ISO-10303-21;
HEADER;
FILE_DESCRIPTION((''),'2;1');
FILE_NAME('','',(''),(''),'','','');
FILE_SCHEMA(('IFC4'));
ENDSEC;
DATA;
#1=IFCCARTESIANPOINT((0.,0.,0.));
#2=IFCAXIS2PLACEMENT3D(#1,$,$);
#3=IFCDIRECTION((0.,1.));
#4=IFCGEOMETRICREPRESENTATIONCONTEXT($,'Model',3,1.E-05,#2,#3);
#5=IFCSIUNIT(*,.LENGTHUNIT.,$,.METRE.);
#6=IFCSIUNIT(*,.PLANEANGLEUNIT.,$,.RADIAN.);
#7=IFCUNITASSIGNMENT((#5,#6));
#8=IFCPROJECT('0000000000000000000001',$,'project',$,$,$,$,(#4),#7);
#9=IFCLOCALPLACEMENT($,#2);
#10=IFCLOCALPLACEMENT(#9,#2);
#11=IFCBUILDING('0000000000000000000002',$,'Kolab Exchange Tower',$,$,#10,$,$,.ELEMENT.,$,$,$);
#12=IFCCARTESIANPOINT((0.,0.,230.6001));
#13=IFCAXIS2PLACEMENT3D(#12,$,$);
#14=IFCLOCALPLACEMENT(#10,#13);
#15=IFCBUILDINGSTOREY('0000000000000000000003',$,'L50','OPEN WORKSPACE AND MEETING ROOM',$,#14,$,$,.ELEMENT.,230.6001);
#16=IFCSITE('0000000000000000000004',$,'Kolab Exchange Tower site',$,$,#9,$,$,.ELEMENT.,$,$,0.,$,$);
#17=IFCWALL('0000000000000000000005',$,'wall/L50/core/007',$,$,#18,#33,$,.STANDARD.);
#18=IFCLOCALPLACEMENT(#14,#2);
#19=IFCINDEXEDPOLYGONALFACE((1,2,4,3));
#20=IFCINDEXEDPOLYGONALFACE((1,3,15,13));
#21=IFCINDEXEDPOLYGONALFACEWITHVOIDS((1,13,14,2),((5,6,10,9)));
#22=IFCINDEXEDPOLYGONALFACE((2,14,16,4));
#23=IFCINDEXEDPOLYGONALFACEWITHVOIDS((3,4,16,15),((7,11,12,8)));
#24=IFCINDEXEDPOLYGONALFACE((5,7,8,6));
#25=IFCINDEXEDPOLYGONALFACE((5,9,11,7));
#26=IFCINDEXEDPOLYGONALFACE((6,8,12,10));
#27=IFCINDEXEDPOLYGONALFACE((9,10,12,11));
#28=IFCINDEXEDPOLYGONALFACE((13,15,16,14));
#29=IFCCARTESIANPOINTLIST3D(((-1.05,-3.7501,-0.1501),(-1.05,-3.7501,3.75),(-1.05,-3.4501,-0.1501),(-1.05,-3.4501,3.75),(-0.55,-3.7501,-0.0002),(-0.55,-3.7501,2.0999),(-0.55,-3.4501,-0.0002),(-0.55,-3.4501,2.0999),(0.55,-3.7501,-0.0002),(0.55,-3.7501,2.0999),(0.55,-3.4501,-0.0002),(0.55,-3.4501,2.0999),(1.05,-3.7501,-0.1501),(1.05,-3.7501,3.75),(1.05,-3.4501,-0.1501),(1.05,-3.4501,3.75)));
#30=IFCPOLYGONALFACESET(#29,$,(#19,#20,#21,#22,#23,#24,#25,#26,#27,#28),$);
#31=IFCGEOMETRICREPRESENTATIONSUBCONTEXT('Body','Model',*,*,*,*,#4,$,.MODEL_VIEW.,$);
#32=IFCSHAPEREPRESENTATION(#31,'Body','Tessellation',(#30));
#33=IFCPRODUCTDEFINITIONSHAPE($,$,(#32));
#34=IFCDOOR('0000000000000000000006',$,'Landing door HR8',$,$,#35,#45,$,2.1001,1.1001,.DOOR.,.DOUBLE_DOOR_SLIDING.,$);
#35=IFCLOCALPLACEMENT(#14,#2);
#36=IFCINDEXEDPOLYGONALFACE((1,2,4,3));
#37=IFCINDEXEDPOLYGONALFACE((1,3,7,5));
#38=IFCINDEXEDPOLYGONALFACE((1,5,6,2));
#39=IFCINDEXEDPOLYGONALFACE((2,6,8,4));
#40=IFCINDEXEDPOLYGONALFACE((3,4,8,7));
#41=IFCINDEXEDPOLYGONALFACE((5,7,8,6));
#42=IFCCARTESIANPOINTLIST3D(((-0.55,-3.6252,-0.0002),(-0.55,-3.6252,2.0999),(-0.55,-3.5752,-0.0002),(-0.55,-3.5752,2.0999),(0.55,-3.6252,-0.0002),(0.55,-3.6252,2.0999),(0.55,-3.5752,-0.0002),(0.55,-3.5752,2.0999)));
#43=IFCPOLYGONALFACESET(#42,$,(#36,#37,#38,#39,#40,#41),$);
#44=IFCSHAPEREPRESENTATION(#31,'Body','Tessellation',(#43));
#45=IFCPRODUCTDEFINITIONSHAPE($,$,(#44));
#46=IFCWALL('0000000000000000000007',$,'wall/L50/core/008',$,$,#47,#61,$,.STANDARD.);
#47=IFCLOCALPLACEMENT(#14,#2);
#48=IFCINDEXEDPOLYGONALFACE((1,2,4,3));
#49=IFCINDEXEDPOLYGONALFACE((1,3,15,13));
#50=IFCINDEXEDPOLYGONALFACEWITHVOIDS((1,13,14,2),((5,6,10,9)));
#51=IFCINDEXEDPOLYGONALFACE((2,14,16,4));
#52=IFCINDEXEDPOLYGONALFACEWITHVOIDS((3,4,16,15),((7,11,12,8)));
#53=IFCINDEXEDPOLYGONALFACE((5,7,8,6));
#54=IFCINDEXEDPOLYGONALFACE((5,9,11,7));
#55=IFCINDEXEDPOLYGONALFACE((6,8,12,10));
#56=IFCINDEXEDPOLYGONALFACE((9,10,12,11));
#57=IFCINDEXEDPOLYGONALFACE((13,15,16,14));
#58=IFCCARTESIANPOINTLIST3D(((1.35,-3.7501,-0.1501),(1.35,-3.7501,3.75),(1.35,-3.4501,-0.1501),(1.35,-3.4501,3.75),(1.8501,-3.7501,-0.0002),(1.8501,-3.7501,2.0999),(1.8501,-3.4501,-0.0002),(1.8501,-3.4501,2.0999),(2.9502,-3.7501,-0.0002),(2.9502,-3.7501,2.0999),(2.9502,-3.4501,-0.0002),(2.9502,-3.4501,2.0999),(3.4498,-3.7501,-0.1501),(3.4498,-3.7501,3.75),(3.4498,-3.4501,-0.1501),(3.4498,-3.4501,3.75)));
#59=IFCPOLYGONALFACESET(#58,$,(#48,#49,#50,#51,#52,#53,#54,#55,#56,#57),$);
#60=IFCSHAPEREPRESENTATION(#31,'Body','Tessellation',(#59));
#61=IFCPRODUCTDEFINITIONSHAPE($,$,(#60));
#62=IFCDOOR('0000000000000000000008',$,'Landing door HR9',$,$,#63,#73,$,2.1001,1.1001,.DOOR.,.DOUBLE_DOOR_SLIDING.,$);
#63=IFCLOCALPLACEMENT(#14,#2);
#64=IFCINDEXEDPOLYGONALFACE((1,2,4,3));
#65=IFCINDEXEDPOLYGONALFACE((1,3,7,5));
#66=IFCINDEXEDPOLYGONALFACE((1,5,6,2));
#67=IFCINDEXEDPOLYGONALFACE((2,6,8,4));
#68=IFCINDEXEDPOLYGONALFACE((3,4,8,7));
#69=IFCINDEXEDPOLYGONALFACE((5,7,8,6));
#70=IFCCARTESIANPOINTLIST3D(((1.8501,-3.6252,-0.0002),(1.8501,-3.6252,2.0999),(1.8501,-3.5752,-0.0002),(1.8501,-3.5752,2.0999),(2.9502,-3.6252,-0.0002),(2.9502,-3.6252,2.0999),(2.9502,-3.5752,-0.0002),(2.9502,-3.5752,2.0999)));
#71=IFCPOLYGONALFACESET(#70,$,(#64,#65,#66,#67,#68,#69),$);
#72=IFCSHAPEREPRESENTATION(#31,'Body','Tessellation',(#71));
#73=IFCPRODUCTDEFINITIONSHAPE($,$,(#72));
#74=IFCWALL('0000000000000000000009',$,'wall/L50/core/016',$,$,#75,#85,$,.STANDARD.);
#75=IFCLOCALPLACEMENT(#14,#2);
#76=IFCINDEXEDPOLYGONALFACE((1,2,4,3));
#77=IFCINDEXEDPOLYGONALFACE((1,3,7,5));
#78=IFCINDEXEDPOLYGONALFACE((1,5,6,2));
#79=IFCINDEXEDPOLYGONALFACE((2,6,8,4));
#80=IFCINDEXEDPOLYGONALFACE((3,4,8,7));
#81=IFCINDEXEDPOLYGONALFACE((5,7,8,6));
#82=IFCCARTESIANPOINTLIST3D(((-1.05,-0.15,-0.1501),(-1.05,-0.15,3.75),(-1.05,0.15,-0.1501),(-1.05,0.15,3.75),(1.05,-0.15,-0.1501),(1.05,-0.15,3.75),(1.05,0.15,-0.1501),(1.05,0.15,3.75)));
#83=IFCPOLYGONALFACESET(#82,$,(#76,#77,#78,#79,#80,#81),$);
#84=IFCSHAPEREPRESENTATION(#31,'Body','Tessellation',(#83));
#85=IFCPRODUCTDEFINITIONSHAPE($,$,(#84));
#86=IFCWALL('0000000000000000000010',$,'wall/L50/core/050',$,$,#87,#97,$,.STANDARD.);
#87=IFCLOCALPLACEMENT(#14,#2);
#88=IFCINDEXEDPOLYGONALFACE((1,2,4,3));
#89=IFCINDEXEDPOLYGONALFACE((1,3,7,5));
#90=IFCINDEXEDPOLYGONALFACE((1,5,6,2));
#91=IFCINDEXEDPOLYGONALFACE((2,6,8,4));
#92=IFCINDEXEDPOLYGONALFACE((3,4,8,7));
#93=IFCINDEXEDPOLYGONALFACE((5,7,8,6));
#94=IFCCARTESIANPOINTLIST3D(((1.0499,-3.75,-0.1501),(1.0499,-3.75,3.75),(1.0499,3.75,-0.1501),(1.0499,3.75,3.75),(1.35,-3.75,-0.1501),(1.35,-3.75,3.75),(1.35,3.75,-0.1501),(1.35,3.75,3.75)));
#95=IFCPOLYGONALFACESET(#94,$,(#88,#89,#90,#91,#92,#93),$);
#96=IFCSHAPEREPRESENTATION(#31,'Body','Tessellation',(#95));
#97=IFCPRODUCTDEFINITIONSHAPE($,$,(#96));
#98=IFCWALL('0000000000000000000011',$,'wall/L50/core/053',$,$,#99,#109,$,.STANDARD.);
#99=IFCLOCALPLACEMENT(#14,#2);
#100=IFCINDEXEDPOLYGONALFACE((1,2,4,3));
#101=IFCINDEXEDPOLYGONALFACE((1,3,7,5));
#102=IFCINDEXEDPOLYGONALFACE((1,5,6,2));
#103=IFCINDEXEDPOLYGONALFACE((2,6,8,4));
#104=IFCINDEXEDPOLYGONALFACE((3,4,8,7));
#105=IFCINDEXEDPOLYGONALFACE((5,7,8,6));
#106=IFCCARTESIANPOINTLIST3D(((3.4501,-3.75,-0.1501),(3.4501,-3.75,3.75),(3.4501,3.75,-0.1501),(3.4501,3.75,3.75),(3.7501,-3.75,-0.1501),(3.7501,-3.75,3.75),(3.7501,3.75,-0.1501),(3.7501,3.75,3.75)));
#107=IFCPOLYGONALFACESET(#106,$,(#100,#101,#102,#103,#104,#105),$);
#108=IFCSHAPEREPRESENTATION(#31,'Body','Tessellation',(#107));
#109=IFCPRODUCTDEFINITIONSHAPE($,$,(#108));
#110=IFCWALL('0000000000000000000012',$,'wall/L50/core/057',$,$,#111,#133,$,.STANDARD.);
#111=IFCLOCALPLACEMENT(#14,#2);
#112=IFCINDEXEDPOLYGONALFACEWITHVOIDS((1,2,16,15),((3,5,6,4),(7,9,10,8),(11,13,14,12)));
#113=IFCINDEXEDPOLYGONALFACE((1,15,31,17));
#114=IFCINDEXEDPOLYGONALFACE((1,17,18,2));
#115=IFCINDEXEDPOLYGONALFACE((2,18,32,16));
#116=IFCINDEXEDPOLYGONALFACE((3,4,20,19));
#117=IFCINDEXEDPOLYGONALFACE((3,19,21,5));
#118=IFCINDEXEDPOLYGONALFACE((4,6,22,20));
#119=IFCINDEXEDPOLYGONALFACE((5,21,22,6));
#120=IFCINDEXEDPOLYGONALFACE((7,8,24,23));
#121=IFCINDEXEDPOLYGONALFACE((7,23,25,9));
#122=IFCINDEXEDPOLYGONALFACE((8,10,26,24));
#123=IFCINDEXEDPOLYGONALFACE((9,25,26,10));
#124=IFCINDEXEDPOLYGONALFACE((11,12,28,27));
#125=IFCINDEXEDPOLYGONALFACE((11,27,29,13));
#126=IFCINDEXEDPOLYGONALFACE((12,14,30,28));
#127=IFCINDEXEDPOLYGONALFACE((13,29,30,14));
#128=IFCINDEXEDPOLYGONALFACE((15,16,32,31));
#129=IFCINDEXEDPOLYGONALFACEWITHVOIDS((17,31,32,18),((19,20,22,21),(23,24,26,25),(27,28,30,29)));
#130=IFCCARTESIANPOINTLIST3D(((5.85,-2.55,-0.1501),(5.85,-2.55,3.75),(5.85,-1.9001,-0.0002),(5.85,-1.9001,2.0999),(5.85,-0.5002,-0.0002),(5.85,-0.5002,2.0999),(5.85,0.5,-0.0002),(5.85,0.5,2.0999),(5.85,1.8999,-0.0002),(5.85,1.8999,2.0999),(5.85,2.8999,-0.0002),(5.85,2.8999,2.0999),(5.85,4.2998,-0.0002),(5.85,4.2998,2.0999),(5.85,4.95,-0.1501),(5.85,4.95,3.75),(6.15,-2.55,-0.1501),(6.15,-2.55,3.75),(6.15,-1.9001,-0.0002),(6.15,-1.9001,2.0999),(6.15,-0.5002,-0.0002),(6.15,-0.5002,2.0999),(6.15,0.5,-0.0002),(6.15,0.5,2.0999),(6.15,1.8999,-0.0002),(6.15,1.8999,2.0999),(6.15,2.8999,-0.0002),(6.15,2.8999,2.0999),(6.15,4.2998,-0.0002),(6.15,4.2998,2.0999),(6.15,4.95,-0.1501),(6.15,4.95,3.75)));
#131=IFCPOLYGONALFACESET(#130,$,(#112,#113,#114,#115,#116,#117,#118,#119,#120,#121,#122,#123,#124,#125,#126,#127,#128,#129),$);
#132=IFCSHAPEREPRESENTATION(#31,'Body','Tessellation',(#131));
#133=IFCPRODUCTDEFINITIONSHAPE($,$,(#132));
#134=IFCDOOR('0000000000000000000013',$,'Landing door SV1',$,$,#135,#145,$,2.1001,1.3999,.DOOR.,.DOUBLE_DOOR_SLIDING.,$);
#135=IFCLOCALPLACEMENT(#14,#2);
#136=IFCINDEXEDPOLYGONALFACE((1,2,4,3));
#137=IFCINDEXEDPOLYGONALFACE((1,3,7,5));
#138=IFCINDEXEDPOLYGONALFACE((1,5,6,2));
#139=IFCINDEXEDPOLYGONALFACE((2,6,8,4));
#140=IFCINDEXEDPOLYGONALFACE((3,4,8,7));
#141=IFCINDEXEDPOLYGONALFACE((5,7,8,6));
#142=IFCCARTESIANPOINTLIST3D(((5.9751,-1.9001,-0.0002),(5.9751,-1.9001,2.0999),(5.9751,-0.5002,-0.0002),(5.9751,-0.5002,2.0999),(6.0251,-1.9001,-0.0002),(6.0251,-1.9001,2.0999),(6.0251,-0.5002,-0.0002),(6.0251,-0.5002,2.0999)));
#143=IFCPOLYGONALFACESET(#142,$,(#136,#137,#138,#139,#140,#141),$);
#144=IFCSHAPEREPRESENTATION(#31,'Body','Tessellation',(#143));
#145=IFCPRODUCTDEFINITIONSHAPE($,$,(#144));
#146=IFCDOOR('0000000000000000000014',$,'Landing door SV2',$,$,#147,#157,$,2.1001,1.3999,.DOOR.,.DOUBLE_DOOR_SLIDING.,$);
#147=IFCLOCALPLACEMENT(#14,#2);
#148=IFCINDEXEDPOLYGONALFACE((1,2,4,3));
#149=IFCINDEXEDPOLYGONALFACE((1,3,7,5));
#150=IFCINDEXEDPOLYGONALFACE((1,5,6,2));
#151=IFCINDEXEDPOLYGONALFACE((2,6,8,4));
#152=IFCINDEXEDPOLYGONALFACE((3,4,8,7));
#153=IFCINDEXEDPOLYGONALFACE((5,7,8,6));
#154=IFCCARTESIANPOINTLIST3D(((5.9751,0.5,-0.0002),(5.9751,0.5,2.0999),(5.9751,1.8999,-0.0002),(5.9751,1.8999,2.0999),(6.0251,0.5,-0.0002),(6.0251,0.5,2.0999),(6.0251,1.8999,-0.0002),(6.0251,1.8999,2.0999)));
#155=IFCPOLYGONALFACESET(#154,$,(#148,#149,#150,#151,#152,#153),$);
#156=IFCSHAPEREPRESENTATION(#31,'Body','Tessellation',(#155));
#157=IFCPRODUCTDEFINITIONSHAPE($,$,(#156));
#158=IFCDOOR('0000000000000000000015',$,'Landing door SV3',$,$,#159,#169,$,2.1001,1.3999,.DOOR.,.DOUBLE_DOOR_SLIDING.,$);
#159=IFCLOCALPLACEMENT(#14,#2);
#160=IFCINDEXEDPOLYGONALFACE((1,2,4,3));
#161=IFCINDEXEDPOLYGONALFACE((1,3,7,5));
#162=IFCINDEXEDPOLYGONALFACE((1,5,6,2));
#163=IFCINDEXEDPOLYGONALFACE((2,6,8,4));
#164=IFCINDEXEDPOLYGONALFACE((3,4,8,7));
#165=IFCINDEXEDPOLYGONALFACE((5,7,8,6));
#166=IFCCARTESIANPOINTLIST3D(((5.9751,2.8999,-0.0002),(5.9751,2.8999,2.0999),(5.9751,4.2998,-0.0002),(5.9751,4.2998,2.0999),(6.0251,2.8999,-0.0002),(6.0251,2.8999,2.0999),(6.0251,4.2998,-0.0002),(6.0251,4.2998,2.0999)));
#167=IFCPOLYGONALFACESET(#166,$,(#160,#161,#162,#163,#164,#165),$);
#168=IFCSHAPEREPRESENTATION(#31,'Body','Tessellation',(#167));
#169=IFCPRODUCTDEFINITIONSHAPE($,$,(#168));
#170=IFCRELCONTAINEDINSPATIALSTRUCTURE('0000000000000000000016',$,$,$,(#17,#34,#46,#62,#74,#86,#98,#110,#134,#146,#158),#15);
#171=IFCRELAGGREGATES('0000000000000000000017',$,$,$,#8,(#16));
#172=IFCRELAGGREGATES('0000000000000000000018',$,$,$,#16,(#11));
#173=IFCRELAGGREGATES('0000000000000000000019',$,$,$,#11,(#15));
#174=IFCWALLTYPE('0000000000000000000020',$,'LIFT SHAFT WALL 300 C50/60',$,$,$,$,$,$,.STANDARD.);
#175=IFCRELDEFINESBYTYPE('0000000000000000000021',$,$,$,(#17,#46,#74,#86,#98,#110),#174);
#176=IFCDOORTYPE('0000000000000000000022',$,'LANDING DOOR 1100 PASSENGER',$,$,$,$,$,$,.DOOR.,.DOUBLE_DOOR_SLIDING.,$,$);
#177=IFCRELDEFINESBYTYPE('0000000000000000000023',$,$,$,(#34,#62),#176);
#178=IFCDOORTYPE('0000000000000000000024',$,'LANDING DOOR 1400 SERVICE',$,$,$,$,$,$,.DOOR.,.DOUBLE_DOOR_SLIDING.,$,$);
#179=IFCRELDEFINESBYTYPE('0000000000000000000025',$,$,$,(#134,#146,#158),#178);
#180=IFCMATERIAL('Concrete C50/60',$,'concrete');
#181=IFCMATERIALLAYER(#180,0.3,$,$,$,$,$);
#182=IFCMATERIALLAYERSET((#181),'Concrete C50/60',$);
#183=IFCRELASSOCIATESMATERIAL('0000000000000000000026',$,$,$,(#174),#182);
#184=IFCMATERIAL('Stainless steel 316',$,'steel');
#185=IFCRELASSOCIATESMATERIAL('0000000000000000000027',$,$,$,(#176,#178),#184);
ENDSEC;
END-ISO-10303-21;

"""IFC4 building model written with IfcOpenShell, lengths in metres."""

from ifc_helpers import new_model, si_unit, direction, frame, frame_2d, origin, place, context, subcontext, project, spatial, rectangle, extrude, material, layer, layer_set, type_object, element, fill, save


model = new_model("IFC4")

# Units and contexts
model_context = context("Model", 3, precision=1e-05, world=origin(), true_north=direction((0.0, 1.0)))
body_context = subcontext(model_context, "Body", "Model", "MODEL_VIEW")
ifc_project = project(units=[si_unit("LENGTHUNIT", "METRE"), si_unit("PLANEANGLEUNIT", "RADIAN")], contexts=[model_context])

# Site, building, storey
site_placement = place(None, origin())
site = spatial("IfcSite", under=ifc_project, at=site_placement, Name="Kolab Exchange Tower site", CompositionType="ELEMENT", RefElevation=0.0)
building_placement = place(site_placement, origin())
building = spatial("IfcBuilding", under=site, at=building_placement, Name="Kolab Exchange Tower", CompositionType="ELEMENT")
storey_placement = place(building_placement, frame((0.0, 0.0, 230.6001)))
storey = spatial("IfcBuildingStorey", under=building, at=storey_placement, Name="L50", Description="OPEN WORKSPACE AND MEETING ROOM", CompositionType="ELEMENT", Elevation=230.6001)

# Walls, openings, doors
ifc_material_1 = material(Name="Concrete C50/60", Category="concrete")
ifc_layer_1 = layer(ifc_material_1, 0.3)
ifc_layer_set_1 = layer_set([ifc_layer_1], Name="Concrete C50/60")
wall_type_1 = type_object("IfcWallType", Name="LIFT SHAFT WALL 300 C50/60", PredefinedType="STANDARD", material=ifc_layer_set_1)
ifc_material_2 = material(Name="Stainless steel 316", Category="steel")
door_type_1 = type_object("IfcDoorType", Name="LANDING DOOR 1100 PASSENGER", OperationType="DOUBLE_DOOR_SLIDING", PredefinedType="DOOR", material=ifc_material_2)
wall_1_placement = place(storey_placement, frame((-1.05, -3.6001, -0.1501), z_axis=(0.0, 0.0, 1.0), x_axis=(1.0, 0.0, 0.0)))
wall_1 = element("IfcWall", 1, at=wall_1_placement, inside=storey, type_object=wall_type_1, Name="wall/L50/core/007", PredefinedType="STANDARD", context=body_context, shape_type="SweptSolid", body=[
    extrude(rectangle(XDim=2.1001, YDim=0.3, at=frame_2d((1.05, 0.0))), origin(), (0.0, 0.0, 1.0), 3.9001),
])
opening_1_placement = place(wall_1_placement, frame((0.5, 0.0, 0.1499)))
opening_1 = element("IfcOpeningElement", 2, at=opening_1_placement, cuts=wall_1, PredefinedType="OPENING", context=body_context, shape_type="SweptSolid", body=[
    extrude(rectangle(XDim=1.1001, YDim=2.1001, at=frame_2d((0.55, 1.05))), frame((0.0, 0.1602, 0.0), z_axis=(0.0, -1.0, 0.0), x_axis=(1.0, 0.0, 0.0)), (0.0, 0.0, 1.0), 0.3201),
])
door_1_placement = place(opening_1_placement, origin())
door_1 = element("IfcDoor", 3, at=door_1_placement, inside=storey, type_object=door_type_1, Name="Landing door HR8", OperationType="DOUBLE_DOOR_SLIDING", OverallHeight=2.1001, OverallWidth=1.1001, PredefinedType="DOOR", context=body_context, shape_type="SweptSolid", body=[
    extrude(rectangle(XDim=1.1001, YDim=2.1001, at=frame_2d((0.55, 1.05))), frame((0.0, 0.0249, 0.0), z_axis=(0.0, -1.0, 0.0), x_axis=(1.0, 0.0, 0.0)), (0.0, 0.0, 1.0), 0.05),
])
fill(opening_1, door_1)
wall_2_placement = place(storey_placement, frame((1.3501, -3.6001, -0.1501), z_axis=(0.0, 0.0, 1.0), x_axis=(1.0, 0.0, 0.0)))
wall_2 = element("IfcWall", 4, at=wall_2_placement, inside=storey, type_object=wall_type_1, Name="wall/L50/core/008", PredefinedType="STANDARD", context=body_context, shape_type="SweptSolid", body=[
    extrude(rectangle(XDim=2.0999, YDim=0.3, at=frame_2d((1.0498, 0.0))), origin(), (0.0, 0.0, 1.0), 3.9001),
])
opening_2_placement = place(wall_2_placement, frame((0.5, 0.0, 0.1499)))
opening_2 = element("IfcOpeningElement", 5, at=opening_2_placement, cuts=wall_2, PredefinedType="OPENING", context=body_context, shape_type="SweptSolid", body=[
    extrude(rectangle(XDim=1.1001, YDim=2.1001, at=frame_2d((0.55, 1.05))), frame((0.0, 0.1602, 0.0), z_axis=(0.0, -1.0, 0.0), x_axis=(1.0, 0.0, 0.0)), (0.0, 0.0, 1.0), 0.3201),
])
door_2_placement = place(opening_2_placement, origin())
door_2 = element("IfcDoor", 6, at=door_2_placement, inside=storey, type_object=door_type_1, Name="Landing door HR9", OperationType="DOUBLE_DOOR_SLIDING", OverallHeight=2.1001, OverallWidth=1.1001, PredefinedType="DOOR", context=body_context, shape_type="SweptSolid", body=[
    extrude(rectangle(XDim=1.1001, YDim=2.1001, at=frame_2d((0.55, 1.05))), frame((0.0, 0.0249, 0.0), z_axis=(0.0, -1.0, 0.0), x_axis=(1.0, 0.0, 0.0)), (0.0, 0.0, 1.0), 0.05),
])
fill(opening_2, door_2)

# Walls
wall_3_placement = place(storey_placement, frame((-1.05, 0.0, -0.1501), z_axis=(0.0, 0.0, 1.0), x_axis=(1.0, 0.0, 0.0)))
element("IfcWall", 7, at=wall_3_placement, inside=storey, type_object=wall_type_1, Name="wall/L50/core/016", PredefinedType="STANDARD", context=body_context, shape_type="SweptSolid", body=[
    extrude(rectangle(XDim=2.1001, YDim=0.3, at=frame_2d((1.05, 0.0))), origin(), (0.0, 0.0, 1.0), 3.9001),
])
for number, where, z_axis, x_axis, name in (
    (8, (1.2, -3.75, -0.1501), (0.0, 0.0, 1.0), (0.0, 1.0, 0.0), "wall/L50/core/050"),
    (9, (3.6001, -3.75, -0.1501), (0.0, 0.0, 1.0), (0.0, 1.0, 0.0), "wall/L50/core/053"),
):
    element("IfcWall", number, at=place(storey_placement, frame(where, z_axis=z_axis, x_axis=x_axis)), inside=storey, type_object=wall_type_1, Name=name, PredefinedType="STANDARD", context=body_context, shape_type="SweptSolid", body=[
        extrude(rectangle(XDim=7.5, YDim=0.3, at=frame_2d((3.75, 0.0))), origin(), (0.0, 0.0, 1.0), 3.9001),
    ])

# Wall, openings, doors
wall_4_placement = place(storey_placement, frame((6.0, -2.55, -0.1501), z_axis=(0.0, 0.0, 1.0), x_axis=(0.0, 1.0, 0.0)))
wall_4 = element("IfcWall", 10, at=wall_4_placement, inside=storey, type_object=wall_type_1, Name="wall/L50/core/057", PredefinedType="STANDARD", context=body_context, shape_type="SweptSolid", body=[
    extrude(rectangle(XDim=7.5, YDim=0.3, at=frame_2d((3.75, 0.0))), origin(), (0.0, 0.0, 1.0), 3.9001),
])
opening_3_placement = place(wall_4_placement, frame((0.6499, 0.0, 0.1499)))
opening_3 = element("IfcOpeningElement", 11, at=opening_3_placement, cuts=wall_4, PredefinedType="OPENING", context=body_context, shape_type="SweptSolid", body=[
    extrude(rectangle(XDim=1.3999, YDim=2.1001, at=frame_2d((0.7, 1.05))), frame((0.0, 0.1602, 0.0), z_axis=(0.0, -1.0, 0.0), x_axis=(1.0, 0.0, 0.0)), (0.0, 0.0, 1.0), 0.3201),
])
opening_4_placement = place(wall_4_placement, frame((3.05, 0.0, 0.1499)))
opening_4 = element("IfcOpeningElement", 12, at=opening_4_placement, cuts=wall_4, PredefinedType="OPENING", context=body_context, shape_type="SweptSolid", body=[
    extrude(rectangle(XDim=1.3999, YDim=2.1001, at=frame_2d((0.7, 1.05))), frame((0.0, 0.1602, 0.0), z_axis=(0.0, -1.0, 0.0), x_axis=(1.0, 0.0, 0.0)), (0.0, 0.0, 1.0), 0.3201),
])
opening_5_placement = place(wall_4_placement, frame((5.45, 0.0, 0.1499)))
opening_5 = element("IfcOpeningElement", 13, at=opening_5_placement, cuts=wall_4, PredefinedType="OPENING", context=body_context, shape_type="SweptSolid", body=[
    extrude(rectangle(XDim=1.3999, YDim=2.1001, at=frame_2d((0.7, 1.05))), frame((0.0, 0.1602, 0.0), z_axis=(0.0, -1.0, 0.0), x_axis=(1.0, 0.0, 0.0)), (0.0, 0.0, 1.0), 0.3201),
])
door_type_2 = type_object("IfcDoorType", Name="LANDING DOOR 1400 SERVICE", OperationType="DOUBLE_DOOR_SLIDING", PredefinedType="DOOR", material=ifc_material_2)
door_3_placement = place(opening_3_placement, origin())
door_3 = element("IfcDoor", 14, at=door_3_placement, inside=storey, type_object=door_type_2, Name="Landing door SV1", OperationType="DOUBLE_DOOR_SLIDING", OverallHeight=2.1001, OverallWidth=1.3999, PredefinedType="DOOR", context=body_context, shape_type="SweptSolid", body=[
    extrude(rectangle(XDim=1.3999, YDim=2.1001, at=frame_2d((0.7, 1.05))), frame((0.0, 0.0249, 0.0), z_axis=(0.0, -1.0, 0.0), x_axis=(1.0, 0.0, 0.0)), (0.0, 0.0, 1.0), 0.05),
])
fill(opening_3, door_3)
door_4_placement = place(opening_4_placement, origin())
door_4 = element("IfcDoor", 15, at=door_4_placement, inside=storey, type_object=door_type_2, Name="Landing door SV2", OperationType="DOUBLE_DOOR_SLIDING", OverallHeight=2.1001, OverallWidth=1.3999, PredefinedType="DOOR", context=body_context, shape_type="SweptSolid", body=[
    extrude(rectangle(XDim=1.3999, YDim=2.1001, at=frame_2d((0.7, 1.05))), frame((0.0, 0.0249, 0.0), z_axis=(0.0, -1.0, 0.0), x_axis=(1.0, 0.0, 0.0)), (0.0, 0.0, 1.0), 0.05),
])
fill(opening_4, door_4)
door_5_placement = place(opening_5_placement, origin())
door_5 = element("IfcDoor", 16, at=door_5_placement, inside=storey, type_object=door_type_2, Name="Landing door SV3", OperationType="DOUBLE_DOOR_SLIDING", OverallHeight=2.1001, OverallWidth=1.3999, PredefinedType="DOOR", context=body_context, shape_type="SweptSolid", body=[
    extrude(rectangle(XDim=1.3999, YDim=2.1001, at=frame_2d((0.7, 1.05))), frame((0.0, 0.0249, 0.0), z_axis=(0.0, -1.0, 0.0), x_axis=(1.0, 0.0, 0.0)), (0.0, 0.0, 1.0), 0.05),
])
fill(opening_5, door_5)

save(model, "model.ifc")
